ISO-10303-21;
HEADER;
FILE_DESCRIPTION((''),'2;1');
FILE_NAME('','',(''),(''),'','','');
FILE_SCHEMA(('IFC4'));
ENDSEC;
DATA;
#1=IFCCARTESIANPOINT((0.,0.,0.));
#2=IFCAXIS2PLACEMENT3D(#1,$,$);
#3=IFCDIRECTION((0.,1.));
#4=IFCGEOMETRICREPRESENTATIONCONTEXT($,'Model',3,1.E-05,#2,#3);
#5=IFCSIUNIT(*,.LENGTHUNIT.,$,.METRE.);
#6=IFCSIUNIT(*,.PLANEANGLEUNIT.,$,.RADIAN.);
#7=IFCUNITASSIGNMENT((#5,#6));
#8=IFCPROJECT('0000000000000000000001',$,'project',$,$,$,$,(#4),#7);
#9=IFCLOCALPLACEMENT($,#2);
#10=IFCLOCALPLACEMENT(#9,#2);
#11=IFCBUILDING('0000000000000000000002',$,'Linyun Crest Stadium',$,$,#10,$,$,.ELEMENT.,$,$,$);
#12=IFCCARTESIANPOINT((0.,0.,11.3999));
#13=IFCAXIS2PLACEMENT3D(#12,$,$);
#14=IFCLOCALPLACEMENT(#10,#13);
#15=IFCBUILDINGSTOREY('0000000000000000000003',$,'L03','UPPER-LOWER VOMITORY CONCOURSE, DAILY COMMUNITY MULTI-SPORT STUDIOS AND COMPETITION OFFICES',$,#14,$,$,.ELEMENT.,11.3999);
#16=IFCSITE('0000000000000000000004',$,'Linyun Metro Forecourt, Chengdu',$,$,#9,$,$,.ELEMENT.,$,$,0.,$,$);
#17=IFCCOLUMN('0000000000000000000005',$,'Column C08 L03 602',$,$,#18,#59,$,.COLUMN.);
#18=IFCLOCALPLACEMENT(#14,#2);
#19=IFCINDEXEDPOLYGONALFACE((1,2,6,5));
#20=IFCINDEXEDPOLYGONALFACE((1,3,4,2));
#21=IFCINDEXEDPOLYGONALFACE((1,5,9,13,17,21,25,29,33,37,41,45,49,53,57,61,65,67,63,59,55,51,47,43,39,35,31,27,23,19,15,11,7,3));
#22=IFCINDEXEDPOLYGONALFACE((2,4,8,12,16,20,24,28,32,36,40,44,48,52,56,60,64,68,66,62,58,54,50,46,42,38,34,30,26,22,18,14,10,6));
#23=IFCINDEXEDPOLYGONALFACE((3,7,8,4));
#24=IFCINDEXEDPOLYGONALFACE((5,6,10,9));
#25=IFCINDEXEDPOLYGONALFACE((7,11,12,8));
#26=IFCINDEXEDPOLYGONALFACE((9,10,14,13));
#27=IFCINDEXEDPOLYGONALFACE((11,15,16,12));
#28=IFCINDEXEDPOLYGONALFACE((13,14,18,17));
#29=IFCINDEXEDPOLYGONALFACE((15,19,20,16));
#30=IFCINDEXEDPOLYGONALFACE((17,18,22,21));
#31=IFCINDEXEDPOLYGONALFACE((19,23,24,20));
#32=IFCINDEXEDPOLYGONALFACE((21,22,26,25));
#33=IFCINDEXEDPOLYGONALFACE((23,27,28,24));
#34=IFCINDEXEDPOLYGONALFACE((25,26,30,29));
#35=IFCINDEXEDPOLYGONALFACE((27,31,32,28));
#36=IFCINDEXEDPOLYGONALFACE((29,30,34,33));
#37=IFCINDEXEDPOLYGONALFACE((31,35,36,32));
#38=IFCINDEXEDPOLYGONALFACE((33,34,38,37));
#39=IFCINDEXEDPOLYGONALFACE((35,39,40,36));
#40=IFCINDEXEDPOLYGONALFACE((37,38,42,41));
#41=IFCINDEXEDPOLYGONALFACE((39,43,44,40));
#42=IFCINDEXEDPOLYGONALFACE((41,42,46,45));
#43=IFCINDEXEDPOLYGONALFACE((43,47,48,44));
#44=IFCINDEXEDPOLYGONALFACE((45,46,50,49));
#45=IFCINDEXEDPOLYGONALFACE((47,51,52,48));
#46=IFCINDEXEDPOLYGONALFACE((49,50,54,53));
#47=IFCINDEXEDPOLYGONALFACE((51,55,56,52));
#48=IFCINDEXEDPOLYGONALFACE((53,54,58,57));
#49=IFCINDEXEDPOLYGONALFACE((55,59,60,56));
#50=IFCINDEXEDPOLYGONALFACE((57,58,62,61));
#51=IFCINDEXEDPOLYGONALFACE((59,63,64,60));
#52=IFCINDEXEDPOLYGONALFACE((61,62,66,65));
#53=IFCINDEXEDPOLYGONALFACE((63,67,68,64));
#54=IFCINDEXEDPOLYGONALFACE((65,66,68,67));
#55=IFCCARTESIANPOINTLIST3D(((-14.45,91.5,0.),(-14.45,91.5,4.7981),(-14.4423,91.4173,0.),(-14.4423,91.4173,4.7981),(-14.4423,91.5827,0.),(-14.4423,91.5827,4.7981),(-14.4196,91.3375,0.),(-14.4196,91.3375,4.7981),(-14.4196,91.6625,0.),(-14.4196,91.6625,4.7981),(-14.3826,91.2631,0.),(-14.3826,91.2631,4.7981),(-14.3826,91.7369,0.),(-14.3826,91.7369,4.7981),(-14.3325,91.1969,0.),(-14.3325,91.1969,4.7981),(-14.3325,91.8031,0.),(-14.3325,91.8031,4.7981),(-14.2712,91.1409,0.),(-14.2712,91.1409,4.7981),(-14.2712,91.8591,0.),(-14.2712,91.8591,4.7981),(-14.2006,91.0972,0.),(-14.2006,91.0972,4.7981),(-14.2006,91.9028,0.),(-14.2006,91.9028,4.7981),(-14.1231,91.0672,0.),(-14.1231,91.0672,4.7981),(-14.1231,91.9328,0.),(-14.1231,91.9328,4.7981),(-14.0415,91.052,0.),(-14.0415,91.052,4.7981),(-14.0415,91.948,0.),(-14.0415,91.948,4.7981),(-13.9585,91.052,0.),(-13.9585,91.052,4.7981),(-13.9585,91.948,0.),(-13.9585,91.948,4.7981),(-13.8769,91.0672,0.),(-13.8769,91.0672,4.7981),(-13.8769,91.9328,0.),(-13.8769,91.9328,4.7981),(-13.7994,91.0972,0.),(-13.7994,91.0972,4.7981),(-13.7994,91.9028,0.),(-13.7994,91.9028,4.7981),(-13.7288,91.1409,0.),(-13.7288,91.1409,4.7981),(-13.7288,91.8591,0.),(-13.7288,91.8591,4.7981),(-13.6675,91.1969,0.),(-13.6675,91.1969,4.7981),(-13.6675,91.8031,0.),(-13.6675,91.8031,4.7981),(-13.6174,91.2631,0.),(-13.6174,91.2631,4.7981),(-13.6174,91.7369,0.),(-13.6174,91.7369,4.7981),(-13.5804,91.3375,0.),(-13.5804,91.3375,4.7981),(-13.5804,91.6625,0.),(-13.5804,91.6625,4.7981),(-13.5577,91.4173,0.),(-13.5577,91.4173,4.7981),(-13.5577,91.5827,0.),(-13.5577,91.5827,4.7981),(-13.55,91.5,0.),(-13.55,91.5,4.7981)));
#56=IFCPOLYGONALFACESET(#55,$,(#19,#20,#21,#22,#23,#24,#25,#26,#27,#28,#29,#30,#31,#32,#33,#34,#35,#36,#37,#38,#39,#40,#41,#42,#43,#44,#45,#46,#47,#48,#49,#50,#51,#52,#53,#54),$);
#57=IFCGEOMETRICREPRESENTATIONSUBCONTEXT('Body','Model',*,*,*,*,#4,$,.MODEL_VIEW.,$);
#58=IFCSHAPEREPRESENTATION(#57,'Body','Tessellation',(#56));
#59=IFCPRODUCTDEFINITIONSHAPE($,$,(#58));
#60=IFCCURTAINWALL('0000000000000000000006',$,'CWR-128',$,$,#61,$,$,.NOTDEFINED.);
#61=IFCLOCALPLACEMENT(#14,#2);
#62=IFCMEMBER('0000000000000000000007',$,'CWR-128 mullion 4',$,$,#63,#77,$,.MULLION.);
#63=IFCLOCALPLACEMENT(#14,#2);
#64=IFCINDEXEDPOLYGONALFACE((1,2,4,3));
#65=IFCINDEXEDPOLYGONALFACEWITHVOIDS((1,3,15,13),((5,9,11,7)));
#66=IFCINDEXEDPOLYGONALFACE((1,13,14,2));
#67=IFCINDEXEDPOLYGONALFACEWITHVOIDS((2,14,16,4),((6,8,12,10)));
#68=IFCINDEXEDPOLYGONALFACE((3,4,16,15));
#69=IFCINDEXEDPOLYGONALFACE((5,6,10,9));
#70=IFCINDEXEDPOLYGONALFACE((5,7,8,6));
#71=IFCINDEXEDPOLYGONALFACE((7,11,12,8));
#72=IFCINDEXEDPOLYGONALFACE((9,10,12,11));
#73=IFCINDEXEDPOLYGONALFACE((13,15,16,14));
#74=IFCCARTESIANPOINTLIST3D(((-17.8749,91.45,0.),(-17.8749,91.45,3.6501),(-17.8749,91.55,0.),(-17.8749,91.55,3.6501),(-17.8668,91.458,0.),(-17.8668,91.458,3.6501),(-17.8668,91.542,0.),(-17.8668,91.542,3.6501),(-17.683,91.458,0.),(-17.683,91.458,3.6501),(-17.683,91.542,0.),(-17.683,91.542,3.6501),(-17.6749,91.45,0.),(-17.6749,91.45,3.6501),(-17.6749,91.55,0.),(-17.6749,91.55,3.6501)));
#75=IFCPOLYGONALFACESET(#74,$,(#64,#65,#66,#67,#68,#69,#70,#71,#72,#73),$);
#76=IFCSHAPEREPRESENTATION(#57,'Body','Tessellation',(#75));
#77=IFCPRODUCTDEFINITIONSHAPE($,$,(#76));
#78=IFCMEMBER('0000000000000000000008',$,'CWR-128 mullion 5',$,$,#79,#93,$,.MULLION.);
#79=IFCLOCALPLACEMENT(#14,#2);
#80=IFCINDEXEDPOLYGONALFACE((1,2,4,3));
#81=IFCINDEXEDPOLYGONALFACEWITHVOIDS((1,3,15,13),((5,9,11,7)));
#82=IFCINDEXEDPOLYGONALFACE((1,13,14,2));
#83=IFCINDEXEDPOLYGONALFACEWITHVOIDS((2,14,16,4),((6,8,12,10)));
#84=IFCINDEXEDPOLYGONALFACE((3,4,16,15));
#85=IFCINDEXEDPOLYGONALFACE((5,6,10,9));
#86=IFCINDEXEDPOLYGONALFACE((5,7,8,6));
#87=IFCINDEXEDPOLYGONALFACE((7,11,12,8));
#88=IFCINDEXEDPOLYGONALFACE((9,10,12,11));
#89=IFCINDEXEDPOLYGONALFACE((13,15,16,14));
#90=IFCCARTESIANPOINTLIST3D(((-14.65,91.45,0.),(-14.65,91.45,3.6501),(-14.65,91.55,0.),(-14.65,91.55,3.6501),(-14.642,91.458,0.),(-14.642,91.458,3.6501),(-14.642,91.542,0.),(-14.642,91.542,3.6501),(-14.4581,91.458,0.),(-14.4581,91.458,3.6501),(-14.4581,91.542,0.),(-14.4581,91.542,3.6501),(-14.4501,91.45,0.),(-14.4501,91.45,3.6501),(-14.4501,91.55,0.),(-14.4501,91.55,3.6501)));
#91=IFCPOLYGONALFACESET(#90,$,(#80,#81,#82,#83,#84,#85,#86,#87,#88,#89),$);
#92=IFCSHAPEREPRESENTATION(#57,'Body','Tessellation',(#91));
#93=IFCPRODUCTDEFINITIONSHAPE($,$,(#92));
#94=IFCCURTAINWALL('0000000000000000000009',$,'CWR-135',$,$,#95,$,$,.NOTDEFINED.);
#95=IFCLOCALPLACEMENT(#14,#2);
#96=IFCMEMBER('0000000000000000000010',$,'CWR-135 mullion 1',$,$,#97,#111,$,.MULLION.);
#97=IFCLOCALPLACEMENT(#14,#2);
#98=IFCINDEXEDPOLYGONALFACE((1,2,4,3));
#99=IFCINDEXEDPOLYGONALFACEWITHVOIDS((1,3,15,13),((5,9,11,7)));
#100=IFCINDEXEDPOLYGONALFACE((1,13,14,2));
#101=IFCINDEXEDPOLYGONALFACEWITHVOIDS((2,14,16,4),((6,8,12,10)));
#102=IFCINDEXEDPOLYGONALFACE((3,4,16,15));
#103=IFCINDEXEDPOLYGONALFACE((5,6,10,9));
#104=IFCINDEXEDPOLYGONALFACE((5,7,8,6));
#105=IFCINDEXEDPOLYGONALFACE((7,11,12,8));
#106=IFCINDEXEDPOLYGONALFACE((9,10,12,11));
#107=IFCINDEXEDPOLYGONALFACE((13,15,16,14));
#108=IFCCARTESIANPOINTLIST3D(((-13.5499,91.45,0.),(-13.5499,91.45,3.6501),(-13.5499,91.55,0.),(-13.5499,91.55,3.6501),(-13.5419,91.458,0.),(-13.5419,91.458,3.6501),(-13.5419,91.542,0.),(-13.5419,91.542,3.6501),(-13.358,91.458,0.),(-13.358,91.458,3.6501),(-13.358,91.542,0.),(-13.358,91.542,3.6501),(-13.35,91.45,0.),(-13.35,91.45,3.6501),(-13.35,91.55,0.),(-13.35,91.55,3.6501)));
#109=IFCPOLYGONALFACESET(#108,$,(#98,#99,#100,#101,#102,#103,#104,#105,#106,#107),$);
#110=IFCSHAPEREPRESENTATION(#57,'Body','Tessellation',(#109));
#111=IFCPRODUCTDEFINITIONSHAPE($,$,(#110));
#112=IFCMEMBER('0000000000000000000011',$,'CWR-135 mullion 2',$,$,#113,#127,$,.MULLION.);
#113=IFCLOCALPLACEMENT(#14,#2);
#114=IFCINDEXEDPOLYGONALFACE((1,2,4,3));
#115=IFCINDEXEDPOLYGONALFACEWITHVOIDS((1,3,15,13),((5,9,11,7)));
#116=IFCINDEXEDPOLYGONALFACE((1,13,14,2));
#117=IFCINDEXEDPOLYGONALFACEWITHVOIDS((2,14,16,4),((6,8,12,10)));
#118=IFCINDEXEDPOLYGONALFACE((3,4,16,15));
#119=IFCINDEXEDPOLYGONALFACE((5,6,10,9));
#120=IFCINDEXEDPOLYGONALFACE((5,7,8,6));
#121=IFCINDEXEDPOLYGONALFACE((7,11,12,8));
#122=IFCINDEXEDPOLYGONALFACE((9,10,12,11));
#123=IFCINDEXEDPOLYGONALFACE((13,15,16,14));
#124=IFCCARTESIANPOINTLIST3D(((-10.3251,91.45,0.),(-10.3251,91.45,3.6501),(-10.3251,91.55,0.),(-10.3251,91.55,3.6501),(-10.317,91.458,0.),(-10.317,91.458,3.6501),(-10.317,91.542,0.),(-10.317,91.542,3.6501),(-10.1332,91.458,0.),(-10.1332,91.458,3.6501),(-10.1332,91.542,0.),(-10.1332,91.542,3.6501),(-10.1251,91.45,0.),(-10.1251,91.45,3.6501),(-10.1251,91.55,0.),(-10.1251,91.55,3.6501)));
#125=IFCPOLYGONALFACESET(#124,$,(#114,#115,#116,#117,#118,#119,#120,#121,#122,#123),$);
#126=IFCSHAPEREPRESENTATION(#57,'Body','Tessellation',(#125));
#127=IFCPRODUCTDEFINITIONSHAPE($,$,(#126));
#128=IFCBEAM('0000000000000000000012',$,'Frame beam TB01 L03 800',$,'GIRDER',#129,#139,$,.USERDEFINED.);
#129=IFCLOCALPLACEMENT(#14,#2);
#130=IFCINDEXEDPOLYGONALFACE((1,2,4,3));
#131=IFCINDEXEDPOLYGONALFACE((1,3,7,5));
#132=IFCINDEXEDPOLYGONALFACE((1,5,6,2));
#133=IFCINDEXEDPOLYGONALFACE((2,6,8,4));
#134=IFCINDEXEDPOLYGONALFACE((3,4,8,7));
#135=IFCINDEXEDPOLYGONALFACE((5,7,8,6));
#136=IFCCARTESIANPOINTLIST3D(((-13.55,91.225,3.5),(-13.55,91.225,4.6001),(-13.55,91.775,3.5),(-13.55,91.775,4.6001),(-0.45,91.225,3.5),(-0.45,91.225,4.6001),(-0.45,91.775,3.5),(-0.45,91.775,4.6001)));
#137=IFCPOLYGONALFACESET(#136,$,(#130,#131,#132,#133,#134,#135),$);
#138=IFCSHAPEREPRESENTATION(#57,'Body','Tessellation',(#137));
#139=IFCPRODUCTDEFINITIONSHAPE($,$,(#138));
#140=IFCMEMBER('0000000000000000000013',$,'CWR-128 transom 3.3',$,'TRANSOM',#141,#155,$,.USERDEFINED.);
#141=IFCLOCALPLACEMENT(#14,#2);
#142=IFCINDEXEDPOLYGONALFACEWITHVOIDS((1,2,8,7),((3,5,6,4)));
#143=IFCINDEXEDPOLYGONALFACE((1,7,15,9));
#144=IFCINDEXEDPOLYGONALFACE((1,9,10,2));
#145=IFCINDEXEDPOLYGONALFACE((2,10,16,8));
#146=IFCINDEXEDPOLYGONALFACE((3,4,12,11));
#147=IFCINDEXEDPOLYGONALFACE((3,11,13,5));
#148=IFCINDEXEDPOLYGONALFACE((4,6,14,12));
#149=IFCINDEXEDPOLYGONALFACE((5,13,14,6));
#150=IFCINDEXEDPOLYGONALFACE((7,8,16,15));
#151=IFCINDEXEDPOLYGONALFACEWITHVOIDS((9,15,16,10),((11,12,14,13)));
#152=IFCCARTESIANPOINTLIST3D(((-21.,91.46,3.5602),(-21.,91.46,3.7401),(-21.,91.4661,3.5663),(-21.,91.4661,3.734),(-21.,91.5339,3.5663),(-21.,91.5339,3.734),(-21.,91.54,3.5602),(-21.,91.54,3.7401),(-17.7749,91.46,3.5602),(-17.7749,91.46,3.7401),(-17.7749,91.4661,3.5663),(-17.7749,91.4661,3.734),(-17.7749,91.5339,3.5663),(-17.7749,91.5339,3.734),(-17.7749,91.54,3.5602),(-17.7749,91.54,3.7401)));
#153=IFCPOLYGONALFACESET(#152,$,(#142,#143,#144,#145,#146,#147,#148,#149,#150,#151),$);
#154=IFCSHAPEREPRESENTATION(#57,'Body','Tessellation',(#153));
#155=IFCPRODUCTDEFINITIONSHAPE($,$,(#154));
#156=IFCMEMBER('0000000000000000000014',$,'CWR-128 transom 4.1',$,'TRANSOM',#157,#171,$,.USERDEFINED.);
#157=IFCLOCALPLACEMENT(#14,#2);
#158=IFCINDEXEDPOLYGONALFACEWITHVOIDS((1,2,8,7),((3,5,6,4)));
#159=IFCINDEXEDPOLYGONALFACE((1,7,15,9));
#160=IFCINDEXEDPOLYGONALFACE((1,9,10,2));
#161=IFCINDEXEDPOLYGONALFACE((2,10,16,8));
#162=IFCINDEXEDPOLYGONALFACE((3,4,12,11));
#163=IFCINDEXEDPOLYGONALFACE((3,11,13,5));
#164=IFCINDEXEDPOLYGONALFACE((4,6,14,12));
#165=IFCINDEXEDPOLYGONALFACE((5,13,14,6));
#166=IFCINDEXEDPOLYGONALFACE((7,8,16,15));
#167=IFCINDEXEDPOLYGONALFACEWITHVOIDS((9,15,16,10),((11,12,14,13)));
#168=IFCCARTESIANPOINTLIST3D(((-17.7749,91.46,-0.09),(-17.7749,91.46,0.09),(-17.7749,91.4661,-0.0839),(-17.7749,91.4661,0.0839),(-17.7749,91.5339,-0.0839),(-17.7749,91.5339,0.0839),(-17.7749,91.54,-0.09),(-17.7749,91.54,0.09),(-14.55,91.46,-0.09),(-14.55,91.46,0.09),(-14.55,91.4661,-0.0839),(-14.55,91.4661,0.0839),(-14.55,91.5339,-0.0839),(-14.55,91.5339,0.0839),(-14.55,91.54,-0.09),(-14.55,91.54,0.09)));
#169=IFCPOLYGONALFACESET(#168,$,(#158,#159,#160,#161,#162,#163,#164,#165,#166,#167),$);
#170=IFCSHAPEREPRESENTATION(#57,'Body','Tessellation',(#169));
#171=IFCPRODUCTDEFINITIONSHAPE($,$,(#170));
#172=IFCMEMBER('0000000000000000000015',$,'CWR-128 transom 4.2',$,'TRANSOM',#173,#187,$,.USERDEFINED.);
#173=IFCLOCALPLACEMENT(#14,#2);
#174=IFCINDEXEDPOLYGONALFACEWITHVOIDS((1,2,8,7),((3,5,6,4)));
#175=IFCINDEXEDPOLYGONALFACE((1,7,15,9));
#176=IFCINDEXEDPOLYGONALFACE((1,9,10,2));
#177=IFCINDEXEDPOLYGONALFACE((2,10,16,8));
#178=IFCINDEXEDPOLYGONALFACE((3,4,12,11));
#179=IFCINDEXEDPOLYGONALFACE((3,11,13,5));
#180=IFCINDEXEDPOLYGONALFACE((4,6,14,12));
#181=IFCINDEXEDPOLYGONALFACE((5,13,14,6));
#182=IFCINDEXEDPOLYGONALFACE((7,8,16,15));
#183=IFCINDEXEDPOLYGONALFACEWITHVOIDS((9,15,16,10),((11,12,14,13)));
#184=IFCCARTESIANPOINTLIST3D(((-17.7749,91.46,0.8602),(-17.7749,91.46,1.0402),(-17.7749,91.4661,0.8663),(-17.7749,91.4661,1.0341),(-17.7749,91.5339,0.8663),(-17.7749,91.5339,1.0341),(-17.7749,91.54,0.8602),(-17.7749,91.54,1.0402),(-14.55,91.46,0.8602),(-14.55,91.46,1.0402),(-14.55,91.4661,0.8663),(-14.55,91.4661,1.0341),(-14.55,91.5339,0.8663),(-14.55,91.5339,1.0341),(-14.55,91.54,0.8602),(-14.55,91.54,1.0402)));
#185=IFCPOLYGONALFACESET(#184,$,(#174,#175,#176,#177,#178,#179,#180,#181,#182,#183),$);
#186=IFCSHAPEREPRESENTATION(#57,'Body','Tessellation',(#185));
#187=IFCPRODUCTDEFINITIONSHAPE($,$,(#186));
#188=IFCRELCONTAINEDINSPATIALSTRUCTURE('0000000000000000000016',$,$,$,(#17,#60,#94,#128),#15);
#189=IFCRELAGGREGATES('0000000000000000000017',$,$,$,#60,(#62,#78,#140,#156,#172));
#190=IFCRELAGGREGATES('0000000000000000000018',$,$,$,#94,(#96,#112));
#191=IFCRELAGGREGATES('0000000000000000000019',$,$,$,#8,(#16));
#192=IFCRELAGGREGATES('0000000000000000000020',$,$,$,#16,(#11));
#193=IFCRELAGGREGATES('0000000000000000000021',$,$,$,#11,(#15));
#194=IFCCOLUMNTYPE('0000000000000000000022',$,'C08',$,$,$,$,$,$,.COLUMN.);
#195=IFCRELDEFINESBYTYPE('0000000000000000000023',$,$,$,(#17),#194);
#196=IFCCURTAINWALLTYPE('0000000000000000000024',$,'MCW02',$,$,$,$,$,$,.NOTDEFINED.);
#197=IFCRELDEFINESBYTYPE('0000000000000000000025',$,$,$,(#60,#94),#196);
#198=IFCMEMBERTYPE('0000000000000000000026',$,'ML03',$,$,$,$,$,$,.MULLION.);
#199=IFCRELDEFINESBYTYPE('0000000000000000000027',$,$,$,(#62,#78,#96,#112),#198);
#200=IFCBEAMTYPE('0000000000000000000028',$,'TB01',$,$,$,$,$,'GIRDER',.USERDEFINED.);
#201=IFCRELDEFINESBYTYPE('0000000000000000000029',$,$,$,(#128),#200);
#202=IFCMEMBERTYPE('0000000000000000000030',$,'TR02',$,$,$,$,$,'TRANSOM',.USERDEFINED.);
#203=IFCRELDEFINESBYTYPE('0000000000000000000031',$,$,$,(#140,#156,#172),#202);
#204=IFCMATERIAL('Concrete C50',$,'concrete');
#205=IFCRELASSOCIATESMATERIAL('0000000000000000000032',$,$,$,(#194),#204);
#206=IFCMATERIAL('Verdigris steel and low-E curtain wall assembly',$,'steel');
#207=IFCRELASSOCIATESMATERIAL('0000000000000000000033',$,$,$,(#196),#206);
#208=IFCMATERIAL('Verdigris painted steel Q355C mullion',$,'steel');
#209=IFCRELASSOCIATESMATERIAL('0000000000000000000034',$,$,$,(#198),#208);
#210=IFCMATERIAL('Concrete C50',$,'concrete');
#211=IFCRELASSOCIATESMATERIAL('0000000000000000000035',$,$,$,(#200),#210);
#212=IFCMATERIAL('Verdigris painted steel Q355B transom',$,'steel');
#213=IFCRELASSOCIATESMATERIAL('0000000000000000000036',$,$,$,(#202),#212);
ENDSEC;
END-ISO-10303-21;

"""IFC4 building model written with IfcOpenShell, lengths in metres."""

from ifc_helpers import new_model, si_unit, direction, frame, origin, origin_2d, place, context, subcontext, project, spatial, rectangle, hollow_rectangle, circle, extrude, material, material_profile, profile_set, type_object, element, aggregate, save


model = new_model("IFC4")

# Units and contexts
model_context = context("Model", 3, precision=1e-05, world=origin(), true_north=direction((0.0, 1.0)))
body_context = subcontext(model_context, "Body", "Model", "MODEL_VIEW")
ifc_project = project(units=[si_unit("LENGTHUNIT", "METRE"), si_unit("PLANEANGLEUNIT", "RADIAN")], contexts=[model_context])

# Site, building, storey
site_placement = place(None, origin())
site = spatial("IfcSite", under=ifc_project, at=site_placement, Name="Linyun Metro Forecourt, Chengdu", CompositionType="ELEMENT", RefElevation=0.0)
building_placement = place(site_placement, origin())
building = spatial("IfcBuilding", under=site, at=building_placement, Name="Linyun Crest Stadium", CompositionType="ELEMENT")
storey_placement = place(building_placement, frame((0.0, 0.0, 11.3999)))
storey = spatial("IfcBuildingStorey", under=building, at=storey_placement, Name="L03", Description="UPPER-LOWER VOMITORY CONCOURSE, DAILY COMMUNITY MULTI-SPORT STUDIOS AND COMPETITION OFFICES", CompositionType="ELEMENT", Elevation=11.3999)

# Column
ifc_material_1 = material(Name="Concrete C50", Category="concrete")
ifc_material_profile_1 = material_profile(ifc_material_1, circle(Radius=0.45, at=origin_2d()), Name="RC D900")
ifc_profile_set_1 = profile_set([ifc_material_profile_1], Name="Concrete C50")
column_type = type_object("IfcColumnType", Name="C08", PredefinedType="COLUMN", material=ifc_profile_set_1)
column_placement = place(storey_placement, frame((-14.0, 91.5, 0.0), z_axis=(0.0, 0.0, 1.0), x_axis=(1.0, 0.0, 0.0)))
element("IfcColumn", 1, at=column_placement, inside=storey, type_object=column_type, Name="Column C08 L03 602", PredefinedType="COLUMN", context=body_context, shape_type="SweptSolid", body=[
    extrude(circle(Radius=0.45, at=origin_2d()), origin(), (0.0, 0.0, 1.0), 4.7981),
])

# Curtain walls, members
ifc_material_2 = material(Name="Verdigris steel and low-E curtain wall assembly", Category="steel")
curtain_wall_type = type_object("IfcCurtainWallType", Name="MCW02", PredefinedType="NOTDEFINED", material=ifc_material_2)
curtain_wall_1_placement = place(storey_placement, origin())
curtain_wall_1 = element("IfcCurtainWall", 2, at=curtain_wall_1_placement, inside=storey, type_object=curtain_wall_type, Name="CWR-128", PredefinedType="NOTDEFINED")
ifc_material_3 = material(Name="Verdigris painted steel Q355C mullion", Category="steel")
ifc_material_profile_2 = material_profile(ifc_material_3, hollow_rectangle(XDim=0.1001, YDim=0.2, WallThickness=0.0081, at=origin_2d()), Name="RHS 200x100x8")
ifc_profile_set_2 = profile_set([ifc_material_profile_2], Name="Verdigris painted steel Q355C mullion")
member_type_1 = type_object("IfcMemberType", Name="ML03", PredefinedType="MULLION", material=ifc_profile_set_2)
member_1_placement = place(storey_placement, frame((-17.7749, 91.5, 0.0), z_axis=(0.0, 0.0, 1.0), x_axis=(0.0, 1.0, 0.0)))
member_1 = element("IfcMember", 3, at=member_1_placement, type_object=member_type_1, Name="CWR-128 mullion 4", PredefinedType="MULLION", context=body_context, shape_type="SweptSolid", body=[
    extrude(hollow_rectangle(XDim=0.1001, YDim=0.2, WallThickness=0.0081, at=origin_2d()), origin(), (0.0, 0.0, 1.0), 3.6501),
])
member_2_placement = place(storey_placement, frame((-14.55, 91.5, 0.0), z_axis=(0.0, 0.0, 1.0), x_axis=(0.0, 1.0, 0.0)))
member_2 = element("IfcMember", 4, at=member_2_placement, type_object=member_type_1, Name="CWR-128 mullion 5", PredefinedType="MULLION", context=body_context, shape_type="SweptSolid", body=[
    extrude(hollow_rectangle(XDim=0.1001, YDim=0.2, WallThickness=0.0081, at=origin_2d()), origin(), (0.0, 0.0, 1.0), 3.6501),
])
curtain_wall_2_placement = place(storey_placement, origin())
curtain_wall_2 = element("IfcCurtainWall", 5, at=curtain_wall_2_placement, inside=storey, type_object=curtain_wall_type, Name="CWR-135", PredefinedType="NOTDEFINED")
member_3_placement = place(storey_placement, frame((-13.45, 91.5, 0.0), z_axis=(0.0, 0.0, 1.0), x_axis=(0.0, 1.0, 0.0)))
member_3 = element("IfcMember", 6, at=member_3_placement, type_object=member_type_1, Name="CWR-135 mullion 1", PredefinedType="MULLION", context=body_context, shape_type="SweptSolid", body=[
    extrude(hollow_rectangle(XDim=0.1001, YDim=0.2, WallThickness=0.0081, at=origin_2d()), origin(), (0.0, 0.0, 1.0), 3.6501),
])
member_4_placement = place(storey_placement, frame((-10.2251, 91.5, 0.0), z_axis=(0.0, 0.0, 1.0), x_axis=(0.0, 1.0, 0.0)))
member_4 = element("IfcMember", 7, at=member_4_placement, type_object=member_type_1, Name="CWR-135 mullion 2", PredefinedType="MULLION", context=body_context, shape_type="SweptSolid", body=[
    extrude(hollow_rectangle(XDim=0.1001, YDim=0.2, WallThickness=0.0081, at=origin_2d()), origin(), (0.0, 0.0, 1.0), 3.6501),
])

# Beam
ifc_material_4 = material(Name="Concrete C50", Category="concrete")
ifc_material_profile_3 = material_profile(ifc_material_4, rectangle(XDim=0.55, YDim=1.1001, at=origin_2d()), Name="RCB 1100x550")
ifc_profile_set_3 = profile_set([ifc_material_profile_3], Name="Concrete C50")
beam_type = type_object("IfcBeamType", Name="TB01", ElementType="GIRDER", PredefinedType="USERDEFINED", material=ifc_profile_set_3)
beam_placement = place(storey_placement, frame((-13.55, 91.5, 4.05), z_axis=(1.0, 0.0, 0.0), x_axis=(0.0, 1.0, 0.0)))
element("IfcBeam", 8, at=beam_placement, inside=storey, type_object=beam_type, Name="Frame beam TB01 L03 800", ObjectType="GIRDER", PredefinedType="USERDEFINED", context=body_context, shape_type="SweptSolid", body=[
    extrude(rectangle(XDim=0.55, YDim=1.1001, at=origin_2d()), origin(), (0.0, 0.0, 1.0), 13.1001),
])

# Members
ifc_material_5 = material(Name="Verdigris painted steel Q355B transom", Category="steel")
ifc_material_profile_4 = material_profile(ifc_material_5, hollow_rectangle(XDim=0.0801, YDim=0.1799, WallThickness=0.0061, at=origin_2d()), Name="RHS 180x80x6")
ifc_profile_set_4 = profile_set([ifc_material_profile_4], Name="Verdigris painted steel Q355B transom")
member_type_2 = type_object("IfcMemberType", Name="TR02", ElementType="TRANSOM", PredefinedType="USERDEFINED", material=ifc_profile_set_4)
member_5_placement = place(storey_placement, frame((-21.0, 91.5, 3.6501), z_axis=(1.0, 0.0, 0.0), x_axis=(0.0, 1.0, 0.0)))
member_5 = element("IfcMember", 9, at=member_5_placement, type_object=member_type_2, Name="CWR-128 transom 3.3", ObjectType="TRANSOM", PredefinedType="USERDEFINED", context=body_context, shape_type="SweptSolid", body=[
    extrude(hollow_rectangle(XDim=0.0801, YDim=0.1799, WallThickness=0.0061, at=origin_2d()), origin(), (0.0, 0.0, 1.0), 3.2251),
])
member_6_placement = place(storey_placement, frame((-17.7749, 91.5, 0.0), z_axis=(1.0, 0.0, 0.0), x_axis=(0.0, 1.0, 0.0)))
member_6 = element("IfcMember", 10, at=member_6_placement, type_object=member_type_2, Name="CWR-128 transom 4.1", ObjectType="TRANSOM", PredefinedType="USERDEFINED", context=body_context, shape_type="SweptSolid", body=[
    extrude(hollow_rectangle(XDim=0.0801, YDim=0.1799, WallThickness=0.0061, at=origin_2d()), origin(), (0.0, 0.0, 1.0), 3.2249),
])
member_7_placement = place(storey_placement, frame((-17.7749, 91.5, 0.9502), z_axis=(1.0, 0.0, 0.0), x_axis=(0.0, 1.0, 0.0)))
member_7 = element("IfcMember", 11, at=member_7_placement, type_object=member_type_2, Name="CWR-128 transom 4.2", ObjectType="TRANSOM", PredefinedType="USERDEFINED", context=body_context, shape_type="SweptSolid", body=[
    extrude(hollow_rectangle(XDim=0.0801, YDim=0.1799, WallThickness=0.0061, at=origin_2d()), origin(), (0.0, 0.0, 1.0), 3.2249),
])

aggregate(curtain_wall_1, [member_1, member_2, member_5, member_6, member_7])
aggregate(curtain_wall_2, [member_3, member_4])

save(model, "model.ifc")
